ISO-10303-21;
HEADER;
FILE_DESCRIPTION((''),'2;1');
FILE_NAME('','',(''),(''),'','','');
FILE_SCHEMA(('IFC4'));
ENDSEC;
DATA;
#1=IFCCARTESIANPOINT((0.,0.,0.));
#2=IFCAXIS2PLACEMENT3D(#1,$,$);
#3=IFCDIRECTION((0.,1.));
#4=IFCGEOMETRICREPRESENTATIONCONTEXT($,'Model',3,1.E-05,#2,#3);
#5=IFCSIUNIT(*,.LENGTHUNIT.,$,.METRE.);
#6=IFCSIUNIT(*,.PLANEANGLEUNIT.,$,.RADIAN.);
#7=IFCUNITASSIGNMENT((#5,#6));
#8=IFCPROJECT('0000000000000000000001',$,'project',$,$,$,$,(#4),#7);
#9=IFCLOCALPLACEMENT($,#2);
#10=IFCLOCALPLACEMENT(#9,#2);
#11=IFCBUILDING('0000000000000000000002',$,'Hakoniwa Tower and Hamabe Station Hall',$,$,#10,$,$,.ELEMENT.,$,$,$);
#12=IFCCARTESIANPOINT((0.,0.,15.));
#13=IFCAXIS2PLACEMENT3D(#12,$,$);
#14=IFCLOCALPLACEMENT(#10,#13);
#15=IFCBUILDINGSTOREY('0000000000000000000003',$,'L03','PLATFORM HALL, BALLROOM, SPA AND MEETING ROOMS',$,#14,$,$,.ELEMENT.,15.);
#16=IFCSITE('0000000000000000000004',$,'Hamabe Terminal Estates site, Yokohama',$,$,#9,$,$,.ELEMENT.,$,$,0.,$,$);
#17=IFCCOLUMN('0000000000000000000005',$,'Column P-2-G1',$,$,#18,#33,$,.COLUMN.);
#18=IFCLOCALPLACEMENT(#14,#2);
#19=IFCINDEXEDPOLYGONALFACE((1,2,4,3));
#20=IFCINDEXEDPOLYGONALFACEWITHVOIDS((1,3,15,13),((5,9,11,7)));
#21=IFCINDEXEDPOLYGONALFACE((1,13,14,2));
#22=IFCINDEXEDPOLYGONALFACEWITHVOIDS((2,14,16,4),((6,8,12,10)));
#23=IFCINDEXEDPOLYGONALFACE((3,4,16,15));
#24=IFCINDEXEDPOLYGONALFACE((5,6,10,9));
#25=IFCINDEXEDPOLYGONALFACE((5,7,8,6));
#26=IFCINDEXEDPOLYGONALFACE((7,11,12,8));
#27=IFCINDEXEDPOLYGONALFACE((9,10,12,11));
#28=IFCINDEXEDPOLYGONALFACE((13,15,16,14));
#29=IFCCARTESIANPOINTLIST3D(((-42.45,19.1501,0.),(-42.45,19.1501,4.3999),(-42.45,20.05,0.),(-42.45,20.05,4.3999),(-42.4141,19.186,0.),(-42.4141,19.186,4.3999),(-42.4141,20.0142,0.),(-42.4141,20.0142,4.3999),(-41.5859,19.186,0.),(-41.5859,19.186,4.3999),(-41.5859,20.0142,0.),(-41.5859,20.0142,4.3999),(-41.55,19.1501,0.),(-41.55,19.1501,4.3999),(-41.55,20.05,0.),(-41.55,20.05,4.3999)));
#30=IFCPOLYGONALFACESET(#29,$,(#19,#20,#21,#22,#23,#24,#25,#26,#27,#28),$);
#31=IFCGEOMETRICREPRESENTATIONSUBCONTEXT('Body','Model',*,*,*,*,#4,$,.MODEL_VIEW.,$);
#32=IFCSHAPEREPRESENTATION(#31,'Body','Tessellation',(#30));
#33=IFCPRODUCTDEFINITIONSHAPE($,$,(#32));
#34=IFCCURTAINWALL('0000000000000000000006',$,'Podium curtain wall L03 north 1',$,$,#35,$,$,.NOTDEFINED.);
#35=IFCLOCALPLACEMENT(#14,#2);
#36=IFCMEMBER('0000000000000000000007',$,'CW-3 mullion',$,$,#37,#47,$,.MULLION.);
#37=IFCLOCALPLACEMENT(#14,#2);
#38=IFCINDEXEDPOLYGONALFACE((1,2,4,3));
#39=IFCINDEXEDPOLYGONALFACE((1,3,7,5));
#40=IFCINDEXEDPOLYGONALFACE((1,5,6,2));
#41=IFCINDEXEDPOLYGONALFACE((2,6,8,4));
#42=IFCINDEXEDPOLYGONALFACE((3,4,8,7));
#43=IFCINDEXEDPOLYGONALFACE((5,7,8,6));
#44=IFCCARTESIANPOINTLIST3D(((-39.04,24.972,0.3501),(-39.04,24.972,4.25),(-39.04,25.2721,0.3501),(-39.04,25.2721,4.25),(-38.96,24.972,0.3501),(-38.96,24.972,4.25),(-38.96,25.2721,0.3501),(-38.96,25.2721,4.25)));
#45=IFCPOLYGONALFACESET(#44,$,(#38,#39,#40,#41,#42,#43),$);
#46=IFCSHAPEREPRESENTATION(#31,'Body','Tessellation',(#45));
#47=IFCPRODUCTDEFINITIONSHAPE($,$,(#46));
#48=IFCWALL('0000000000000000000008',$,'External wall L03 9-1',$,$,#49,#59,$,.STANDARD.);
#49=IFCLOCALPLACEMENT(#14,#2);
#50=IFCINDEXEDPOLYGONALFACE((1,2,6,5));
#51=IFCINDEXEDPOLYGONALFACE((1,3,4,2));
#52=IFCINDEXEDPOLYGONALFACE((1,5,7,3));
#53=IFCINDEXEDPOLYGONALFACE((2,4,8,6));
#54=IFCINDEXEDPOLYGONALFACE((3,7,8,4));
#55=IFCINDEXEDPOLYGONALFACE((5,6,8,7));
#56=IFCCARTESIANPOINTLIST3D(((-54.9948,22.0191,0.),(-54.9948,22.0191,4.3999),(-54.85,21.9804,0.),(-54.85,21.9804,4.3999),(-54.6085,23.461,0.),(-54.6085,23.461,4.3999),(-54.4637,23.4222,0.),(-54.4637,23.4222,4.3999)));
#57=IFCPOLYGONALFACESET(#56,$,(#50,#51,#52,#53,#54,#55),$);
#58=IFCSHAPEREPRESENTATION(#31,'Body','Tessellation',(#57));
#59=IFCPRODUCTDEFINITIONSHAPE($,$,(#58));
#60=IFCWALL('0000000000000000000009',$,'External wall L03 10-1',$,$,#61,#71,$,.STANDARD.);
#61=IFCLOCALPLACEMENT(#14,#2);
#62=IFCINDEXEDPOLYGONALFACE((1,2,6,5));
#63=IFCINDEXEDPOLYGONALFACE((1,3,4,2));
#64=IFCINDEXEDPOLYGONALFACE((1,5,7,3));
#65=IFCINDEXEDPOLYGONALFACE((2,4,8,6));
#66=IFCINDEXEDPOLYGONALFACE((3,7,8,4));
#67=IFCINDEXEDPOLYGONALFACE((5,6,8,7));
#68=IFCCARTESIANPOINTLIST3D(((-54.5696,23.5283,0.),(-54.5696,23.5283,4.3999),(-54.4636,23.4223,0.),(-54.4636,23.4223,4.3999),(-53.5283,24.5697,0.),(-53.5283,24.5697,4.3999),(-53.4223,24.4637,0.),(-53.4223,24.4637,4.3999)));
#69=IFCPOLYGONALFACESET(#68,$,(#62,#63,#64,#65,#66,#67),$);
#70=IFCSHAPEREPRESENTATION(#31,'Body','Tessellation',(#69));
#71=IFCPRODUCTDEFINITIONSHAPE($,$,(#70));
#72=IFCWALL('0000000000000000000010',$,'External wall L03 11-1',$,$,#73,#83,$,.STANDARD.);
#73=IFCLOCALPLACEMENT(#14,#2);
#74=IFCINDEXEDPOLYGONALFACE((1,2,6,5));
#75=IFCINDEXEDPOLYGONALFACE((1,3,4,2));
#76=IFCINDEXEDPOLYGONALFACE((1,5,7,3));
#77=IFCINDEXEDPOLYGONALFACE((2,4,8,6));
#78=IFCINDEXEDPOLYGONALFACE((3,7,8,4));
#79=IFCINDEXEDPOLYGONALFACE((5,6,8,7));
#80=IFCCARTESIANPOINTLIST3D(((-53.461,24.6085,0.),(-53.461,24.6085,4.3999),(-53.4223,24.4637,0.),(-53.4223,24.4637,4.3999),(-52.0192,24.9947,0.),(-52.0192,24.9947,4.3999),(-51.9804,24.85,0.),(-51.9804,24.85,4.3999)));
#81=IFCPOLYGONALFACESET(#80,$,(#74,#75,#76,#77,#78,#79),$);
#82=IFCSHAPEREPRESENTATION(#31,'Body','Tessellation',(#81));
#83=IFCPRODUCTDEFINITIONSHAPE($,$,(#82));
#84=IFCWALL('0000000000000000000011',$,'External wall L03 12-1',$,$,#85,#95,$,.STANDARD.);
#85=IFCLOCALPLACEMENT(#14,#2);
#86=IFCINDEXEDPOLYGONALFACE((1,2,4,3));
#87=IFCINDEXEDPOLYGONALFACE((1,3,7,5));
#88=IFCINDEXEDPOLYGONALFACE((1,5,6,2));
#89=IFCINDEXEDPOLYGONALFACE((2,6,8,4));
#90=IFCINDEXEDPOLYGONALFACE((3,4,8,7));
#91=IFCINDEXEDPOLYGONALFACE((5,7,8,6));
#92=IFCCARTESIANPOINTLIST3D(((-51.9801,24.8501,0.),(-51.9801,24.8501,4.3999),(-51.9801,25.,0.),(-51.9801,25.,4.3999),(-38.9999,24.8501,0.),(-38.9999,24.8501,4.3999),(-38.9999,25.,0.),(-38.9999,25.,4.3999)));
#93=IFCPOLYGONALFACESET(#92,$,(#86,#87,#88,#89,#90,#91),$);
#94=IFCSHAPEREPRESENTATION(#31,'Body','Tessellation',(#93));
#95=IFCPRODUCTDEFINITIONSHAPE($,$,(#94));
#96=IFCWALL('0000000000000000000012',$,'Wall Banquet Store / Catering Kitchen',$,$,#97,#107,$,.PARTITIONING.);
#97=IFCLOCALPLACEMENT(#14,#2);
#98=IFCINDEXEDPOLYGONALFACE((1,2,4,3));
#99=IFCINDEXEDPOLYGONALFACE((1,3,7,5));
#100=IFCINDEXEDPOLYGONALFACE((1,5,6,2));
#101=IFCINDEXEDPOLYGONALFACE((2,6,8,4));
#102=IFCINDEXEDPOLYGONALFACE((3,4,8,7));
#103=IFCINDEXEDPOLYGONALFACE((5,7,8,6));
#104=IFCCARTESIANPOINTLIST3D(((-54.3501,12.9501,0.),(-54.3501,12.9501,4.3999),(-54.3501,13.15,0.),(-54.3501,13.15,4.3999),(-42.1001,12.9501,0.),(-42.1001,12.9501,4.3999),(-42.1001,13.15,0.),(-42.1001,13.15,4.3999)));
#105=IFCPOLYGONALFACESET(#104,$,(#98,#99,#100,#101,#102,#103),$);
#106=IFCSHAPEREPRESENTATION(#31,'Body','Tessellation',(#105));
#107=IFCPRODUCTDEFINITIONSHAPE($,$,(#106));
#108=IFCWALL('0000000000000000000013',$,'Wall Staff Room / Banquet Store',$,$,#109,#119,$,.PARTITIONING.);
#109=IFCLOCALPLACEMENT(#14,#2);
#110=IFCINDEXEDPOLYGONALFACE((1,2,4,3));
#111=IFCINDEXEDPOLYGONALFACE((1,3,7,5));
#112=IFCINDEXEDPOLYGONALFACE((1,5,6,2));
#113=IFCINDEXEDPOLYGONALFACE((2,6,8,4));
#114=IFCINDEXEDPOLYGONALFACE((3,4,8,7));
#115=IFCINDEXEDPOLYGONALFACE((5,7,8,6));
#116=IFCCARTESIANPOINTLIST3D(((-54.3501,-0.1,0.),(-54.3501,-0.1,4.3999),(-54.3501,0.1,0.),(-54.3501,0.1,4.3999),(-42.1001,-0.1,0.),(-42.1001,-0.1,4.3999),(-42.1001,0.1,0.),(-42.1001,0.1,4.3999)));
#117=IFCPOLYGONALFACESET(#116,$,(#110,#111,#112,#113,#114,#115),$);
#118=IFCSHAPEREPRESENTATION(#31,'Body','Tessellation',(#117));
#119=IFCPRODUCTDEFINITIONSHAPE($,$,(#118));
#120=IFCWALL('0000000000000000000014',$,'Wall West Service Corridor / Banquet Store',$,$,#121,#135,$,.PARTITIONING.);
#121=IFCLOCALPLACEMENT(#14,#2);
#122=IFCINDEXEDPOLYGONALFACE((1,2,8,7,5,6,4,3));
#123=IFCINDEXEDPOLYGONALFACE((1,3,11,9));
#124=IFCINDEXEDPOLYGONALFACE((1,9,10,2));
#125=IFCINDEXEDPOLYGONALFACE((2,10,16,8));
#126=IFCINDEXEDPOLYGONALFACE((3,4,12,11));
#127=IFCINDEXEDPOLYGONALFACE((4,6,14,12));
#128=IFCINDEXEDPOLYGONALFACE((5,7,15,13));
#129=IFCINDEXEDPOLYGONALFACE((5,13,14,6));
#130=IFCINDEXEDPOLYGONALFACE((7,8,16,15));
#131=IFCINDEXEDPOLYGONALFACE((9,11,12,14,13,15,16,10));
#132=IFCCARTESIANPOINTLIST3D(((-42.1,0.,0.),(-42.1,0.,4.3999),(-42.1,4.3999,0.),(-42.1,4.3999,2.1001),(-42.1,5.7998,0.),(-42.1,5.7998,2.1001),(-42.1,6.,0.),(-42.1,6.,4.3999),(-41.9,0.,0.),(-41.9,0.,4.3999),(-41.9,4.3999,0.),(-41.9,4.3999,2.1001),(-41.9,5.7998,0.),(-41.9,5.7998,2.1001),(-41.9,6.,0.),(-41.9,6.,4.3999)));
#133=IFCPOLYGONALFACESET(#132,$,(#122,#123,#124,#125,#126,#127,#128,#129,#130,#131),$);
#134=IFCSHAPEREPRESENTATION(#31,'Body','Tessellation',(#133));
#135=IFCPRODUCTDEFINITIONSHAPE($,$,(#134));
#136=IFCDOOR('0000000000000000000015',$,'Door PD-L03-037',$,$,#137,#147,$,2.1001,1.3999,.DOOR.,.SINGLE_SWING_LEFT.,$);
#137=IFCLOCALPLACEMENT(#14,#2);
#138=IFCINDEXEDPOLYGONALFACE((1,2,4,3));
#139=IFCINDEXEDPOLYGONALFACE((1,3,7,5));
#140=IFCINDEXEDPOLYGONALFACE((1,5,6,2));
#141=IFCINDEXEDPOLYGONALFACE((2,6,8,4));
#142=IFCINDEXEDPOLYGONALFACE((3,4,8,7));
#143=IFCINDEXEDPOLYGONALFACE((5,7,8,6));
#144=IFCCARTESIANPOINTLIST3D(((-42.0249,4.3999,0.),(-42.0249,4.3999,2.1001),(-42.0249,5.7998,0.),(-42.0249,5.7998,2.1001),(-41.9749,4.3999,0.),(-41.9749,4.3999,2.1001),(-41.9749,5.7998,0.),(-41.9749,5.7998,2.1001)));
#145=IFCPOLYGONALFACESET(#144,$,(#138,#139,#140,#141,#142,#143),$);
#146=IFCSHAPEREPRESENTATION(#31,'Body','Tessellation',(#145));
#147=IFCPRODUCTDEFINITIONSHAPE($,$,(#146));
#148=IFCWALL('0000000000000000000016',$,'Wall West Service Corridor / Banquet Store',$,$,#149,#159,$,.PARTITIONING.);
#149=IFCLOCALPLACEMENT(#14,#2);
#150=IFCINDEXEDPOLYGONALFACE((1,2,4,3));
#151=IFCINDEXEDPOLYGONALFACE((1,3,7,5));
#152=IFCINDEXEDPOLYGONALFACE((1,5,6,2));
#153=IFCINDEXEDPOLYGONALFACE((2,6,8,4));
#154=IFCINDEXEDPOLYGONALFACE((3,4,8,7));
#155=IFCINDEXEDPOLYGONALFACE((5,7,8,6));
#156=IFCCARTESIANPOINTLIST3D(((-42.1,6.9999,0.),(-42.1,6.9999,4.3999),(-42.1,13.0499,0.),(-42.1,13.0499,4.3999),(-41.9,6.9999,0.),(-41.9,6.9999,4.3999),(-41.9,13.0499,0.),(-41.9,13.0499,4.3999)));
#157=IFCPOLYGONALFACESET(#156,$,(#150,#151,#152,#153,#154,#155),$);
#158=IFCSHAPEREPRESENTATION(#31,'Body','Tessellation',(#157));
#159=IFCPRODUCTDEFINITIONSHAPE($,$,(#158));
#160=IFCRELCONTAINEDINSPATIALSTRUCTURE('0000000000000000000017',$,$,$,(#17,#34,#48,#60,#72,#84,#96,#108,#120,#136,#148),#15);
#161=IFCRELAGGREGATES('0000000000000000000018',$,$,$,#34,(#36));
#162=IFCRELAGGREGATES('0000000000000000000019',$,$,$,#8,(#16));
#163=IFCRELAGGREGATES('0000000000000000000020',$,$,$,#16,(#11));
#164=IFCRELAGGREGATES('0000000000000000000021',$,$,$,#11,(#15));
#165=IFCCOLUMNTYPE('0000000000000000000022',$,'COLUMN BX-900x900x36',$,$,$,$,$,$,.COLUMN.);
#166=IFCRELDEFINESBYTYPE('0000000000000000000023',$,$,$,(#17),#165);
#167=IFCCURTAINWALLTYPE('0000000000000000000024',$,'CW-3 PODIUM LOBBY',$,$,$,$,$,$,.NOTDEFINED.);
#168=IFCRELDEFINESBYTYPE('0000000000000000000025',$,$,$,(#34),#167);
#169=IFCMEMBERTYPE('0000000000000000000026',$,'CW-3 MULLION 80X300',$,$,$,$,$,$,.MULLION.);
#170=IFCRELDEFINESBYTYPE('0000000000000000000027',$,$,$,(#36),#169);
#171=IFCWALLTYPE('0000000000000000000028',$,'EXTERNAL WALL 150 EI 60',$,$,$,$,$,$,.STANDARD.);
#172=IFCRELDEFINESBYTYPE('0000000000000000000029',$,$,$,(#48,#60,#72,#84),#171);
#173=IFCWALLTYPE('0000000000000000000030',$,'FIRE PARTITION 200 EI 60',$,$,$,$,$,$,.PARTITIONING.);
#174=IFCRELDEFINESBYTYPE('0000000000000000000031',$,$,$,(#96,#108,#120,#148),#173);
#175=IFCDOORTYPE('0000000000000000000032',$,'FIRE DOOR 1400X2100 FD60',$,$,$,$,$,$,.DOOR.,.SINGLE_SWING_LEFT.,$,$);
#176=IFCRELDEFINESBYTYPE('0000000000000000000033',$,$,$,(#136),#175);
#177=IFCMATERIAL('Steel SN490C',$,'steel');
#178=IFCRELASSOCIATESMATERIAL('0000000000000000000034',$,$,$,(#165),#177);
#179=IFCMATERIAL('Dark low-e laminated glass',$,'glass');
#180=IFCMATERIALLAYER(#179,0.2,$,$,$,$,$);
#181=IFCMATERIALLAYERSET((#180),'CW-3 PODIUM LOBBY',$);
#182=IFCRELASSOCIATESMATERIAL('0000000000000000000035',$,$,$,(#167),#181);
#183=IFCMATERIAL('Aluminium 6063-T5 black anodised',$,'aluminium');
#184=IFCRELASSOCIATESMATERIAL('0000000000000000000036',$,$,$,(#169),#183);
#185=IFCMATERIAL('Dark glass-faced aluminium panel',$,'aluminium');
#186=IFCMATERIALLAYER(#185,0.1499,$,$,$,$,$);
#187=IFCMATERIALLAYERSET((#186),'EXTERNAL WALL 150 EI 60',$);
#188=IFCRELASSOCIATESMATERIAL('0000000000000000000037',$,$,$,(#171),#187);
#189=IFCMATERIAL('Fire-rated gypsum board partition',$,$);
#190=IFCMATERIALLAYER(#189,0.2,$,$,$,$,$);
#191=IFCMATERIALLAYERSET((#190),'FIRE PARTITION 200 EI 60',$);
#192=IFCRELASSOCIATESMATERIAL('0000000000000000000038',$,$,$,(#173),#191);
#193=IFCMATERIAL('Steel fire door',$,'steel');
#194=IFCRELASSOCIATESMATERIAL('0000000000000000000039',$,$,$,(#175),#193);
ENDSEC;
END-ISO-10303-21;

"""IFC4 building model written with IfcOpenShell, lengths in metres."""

from ifc_helpers import new_model, si_unit, direction, frame, frame_2d, origin, origin_2d, place, context, subcontext, project, spatial, rectangle, hollow_rectangle, extrude, material, layer, layer_set, material_profile, profile_set, type_object, element, fill, aggregate, save


model = new_model("IFC4")

# Units and contexts
model_context = context("Model", 3, precision=1e-05, world=origin(), true_north=direction((0.0, 1.0)))
body_context = subcontext(model_context, "Body", "Model", "MODEL_VIEW")
ifc_project = project(units=[si_unit("LENGTHUNIT", "METRE"), si_unit("PLANEANGLEUNIT", "RADIAN")], contexts=[model_context])

# Site, building, storey
site_placement = place(None, origin())
site = spatial("IfcSite", under=ifc_project, at=site_placement, Name="Hamabe Terminal Estates site, Yokohama", CompositionType="ELEMENT", RefElevation=0.0)
building_placement = place(site_placement, origin())
building = spatial("IfcBuilding", under=site, at=building_placement, Name="Hakoniwa Tower and Hamabe Station Hall", CompositionType="ELEMENT")
storey_placement = place(building_placement, frame((0.0, 0.0, 15.0)))
storey = spatial("IfcBuildingStorey", under=building, at=storey_placement, Name="L03", Description="PLATFORM HALL, BALLROOM, SPA AND MEETING ROOMS", CompositionType="ELEMENT", Elevation=15.0)

# Column
ifc_material_1 = material(Name="Steel SN490C", Category="steel")
ifc_material_profile_1 = material_profile(ifc_material_1, hollow_rectangle(XDim=0.8999, YDim=0.8999, WallThickness=0.0359, at=origin_2d()), Name="BX-900x900x36")
ifc_profile_set_1 = profile_set([ifc_material_profile_1], Name="Steel SN490C")
column_type_1 = type_object("IfcColumnType", Name="COLUMN BX-900x900x36", PredefinedType="COLUMN", material=ifc_profile_set_1)
for number, where, z_axis, x_axis, name in (
    (1, (-42.0, 19.6001, 0.0), (0.0, 0.0, 1.0), (1.0, 0.0, 0.0), "Column P-2-G1"),
):
    element("IfcColumn", number, at=place(storey_placement, frame(where, z_axis=z_axis, x_axis=x_axis)), inside=storey, type_object=column_type_1, Name=name, PredefinedType="COLUMN", context=body_context, shape_type="SweptSolid", body=[
        extrude(hollow_rectangle(XDim=0.8999, YDim=0.8999, WallThickness=0.0359, at=origin_2d()), origin(), (0.0, 0.0, 1.0), 4.3999),
    ])

# Curtain wall, member
ifc_material_2 = material(Name="Dark low-e laminated glass", Category="glass")
ifc_layer_1 = layer(ifc_material_2, 0.2)
ifc_layer_set_1 = layer_set([ifc_layer_1], Name="CW-3 PODIUM LOBBY")
curtain_wall_type = type_object("IfcCurtainWallType", Name="CW-3 PODIUM LOBBY", PredefinedType="NOTDEFINED", material=ifc_layer_set_1)
curtain_wall_placement = place(storey_placement, origin())
curtain_wall = element("IfcCurtainWall", 2, at=curtain_wall_placement, inside=storey, type_object=curtain_wall_type, Name="Podium curtain wall L03 north 1", PredefinedType="NOTDEFINED")
ifc_material_3 = material(Name="Aluminium 6063-T5 black anodised", Category="aluminium")
ifc_material_profile_2 = material_profile(ifc_material_3, rectangle(XDim=0.0801, YDim=0.3, at=origin_2d()), Name="CW-3 MULLION 80X300")
ifc_profile_set_2 = profile_set([ifc_material_profile_2], Name="Aluminium 6063-T5 black anodised")
member_type = type_object("IfcMemberType", Name="CW-3 MULLION 80X300", PredefinedType="MULLION", material=ifc_profile_set_2)
member_placement = place(storey_placement, frame((-39.0, 25.1221, 0.3501), z_axis=(0.0, 0.0, 1.0), x_axis=(-1.0, 0.0, 0.0)))
member = element("IfcMember", 3, at=member_placement, type_object=member_type, Name="CW-3 mullion", PredefinedType="MULLION", context=body_context, shape_type="SweptSolid", body=[
    extrude(rectangle(XDim=0.0801, YDim=0.3, at=origin_2d()), origin(), (0.0, 0.0, 1.0), 3.8999),
])
aggregate(curtain_wall, [member])

# Walls
ifc_material_4 = material(Name="Dark glass-faced aluminium panel", Category="aluminium")
ifc_layer_2 = layer(ifc_material_4, 0.1499)
ifc_layer_set_2 = layer_set([ifc_layer_2], Name="EXTERNAL WALL 150 EI 60")
wall_type_1 = type_object("IfcWallType", Name="EXTERNAL WALL 150 EI 60", PredefinedType="STANDARD", material=ifc_layer_set_2)
wall_1_placement = place(storey_placement, frame((-54.9224, 21.9998, 0.0), z_axis=(0.0, 0.0, 1.0), x_axis=(0.258742, 0.965947, 0.0)))
element("IfcWall", 4, at=wall_1_placement, inside=storey, type_object=wall_type_1, Name="External wall L03 9-1", PredefinedType="STANDARD", context=body_context, shape_type="SweptSolid", body=[
    extrude(rectangle(XDim=1.4927, YDim=0.1499, at=frame_2d((0.7463, 0.0))), origin(), (0.0, 0.0, 1.0), 4.3999),
])
wall_2_placement = place(storey_placement, frame((-54.5166, 23.4753, 0.0), z_axis=(0.0, 0.0, 1.0), x_axis=(0.707107, 0.707107, 0.0)))
element("IfcWall", 5, at=wall_2_placement, inside=storey, type_object=wall_type_1, Name="External wall L03 10-1", PredefinedType="STANDARD", context=body_context, shape_type="SweptSolid", body=[
    extrude(rectangle(XDim=1.4727, YDim=0.1499, at=frame_2d((0.7363, 0.0))), origin(), (0.0, 0.0, 1.0), 4.3999),
])
wall_3_placement = place(storey_placement, frame((-53.4417, 24.5361, 0.0), z_axis=(0.0, 0.0, 1.0), x_axis=(0.965947, 0.258742, 0.0)))
element("IfcWall", 6, at=wall_3_placement, inside=storey, type_object=wall_type_1, Name="External wall L03 11-1", PredefinedType="STANDARD", context=body_context, shape_type="SweptSolid", body=[
    extrude(rectangle(XDim=1.4927, YDim=0.1499, at=frame_2d((0.7463, 0.0))), origin(), (0.0, 0.0, 1.0), 4.3999),
])
wall_4_placement = place(storey_placement, frame((-51.9802, 24.925, 0.0), z_axis=(0.0, 0.0, 1.0), x_axis=(1.0, 0.0, 0.0)))
element("IfcWall", 7, at=wall_4_placement, inside=storey, type_object=wall_type_1, Name="External wall L03 12-1", PredefinedType="STANDARD", context=body_context, shape_type="SweptSolid", body=[
    extrude(rectangle(XDim=12.9802, YDim=0.1499, at=frame_2d((6.4902, 0.0))), origin(), (0.0, 0.0, 1.0), 4.3999),
])
ifc_material_5 = material(Name="Fire-rated gypsum board partition")
ifc_layer_3 = layer(ifc_material_5, 0.2)
ifc_layer_set_3 = layer_set([ifc_layer_3], Name="FIRE PARTITION 200 EI 60")
wall_type_2 = type_object("IfcWallType", Name="FIRE PARTITION 200 EI 60", PredefinedType="PARTITIONING", material=ifc_layer_set_3)
for number, where, z_axis, x_axis, name in (
    (8, (-54.3501, 13.05, 0.0), (0.0, 0.0, 1.0), (1.0, 0.0, 0.0), "Wall Banquet Store / Catering Kitchen"),
    (9, (-54.3501, 0.0, 0.0), (0.0, 0.0, 1.0), (1.0, 0.0, 0.0), "Wall Staff Room / Banquet Store"),
):
    element("IfcWall", number, at=place(storey_placement, frame(where, z_axis=z_axis, x_axis=x_axis)), inside=storey, type_object=wall_type_2, Name=name, PredefinedType="PARTITIONING", context=body_context, shape_type="SweptSolid", body=[
        extrude(rectangle(XDim=12.25, YDim=0.2, at=frame_2d((6.125, 0.0))), origin(), (0.0, 0.0, 1.0), 4.3999),
    ])

# Wall, opening, door
wall_5_placement = place(storey_placement, frame((-42.0, 0.0, 0.0), z_axis=(0.0, 0.0, 1.0), x_axis=(0.0, 1.0, 0.0)))
wall_5 = element("IfcWall", 10, at=wall_5_placement, inside=storey, type_object=wall_type_2, Name="Wall West Service Corridor / Banquet Store", PredefinedType="PARTITIONING", context=body_context, shape_type="SweptSolid", body=[
    extrude(rectangle(XDim=6.0, YDim=0.2, at=frame_2d((3.0, 0.0))), origin(), (0.0, 0.0, 1.0), 4.3999),
])
opening_1_placement = place(wall_5_placement, frame((4.3999, 0.0, 0.0)))
opening_1 = element("IfcOpeningElement", 11, at=opening_1_placement, cuts=wall_5, PredefinedType="OPENING", context=body_context, shape_type="SweptSolid", body=[
    extrude(rectangle(XDim=1.3999, YDim=2.1001, at=frame_2d((0.7, 1.05))), frame((0.0, 0.1099, 0.0), z_axis=(0.0, -1.0, 0.0), x_axis=(1.0, 0.0, 0.0)), (0.0, 0.0, 1.0), 0.22),
])
ifc_material_6 = material(Name="Steel fire door", Category="steel")
door_type_1 = type_object("IfcDoorType", Name="FIRE DOOR 1400X2100 FD60", OperationType="SINGLE_SWING_LEFT", PredefinedType="DOOR", material=ifc_material_6)
door_1_placement = place(opening_1_placement, origin())
door_1 = element("IfcDoor", 12, at=door_1_placement, inside=storey, type_object=door_type_1, Name="Door PD-L03-037", OperationType="SINGLE_SWING_LEFT", OverallHeight=2.1001, OverallWidth=1.3999, PredefinedType="DOOR", context=body_context, shape_type="SweptSolid", body=[
    extrude(rectangle(XDim=1.3999, YDim=2.1001, at=frame_2d((0.7, 1.05))), frame((0.0, 0.0249, 0.0), z_axis=(0.0, -1.0, 0.0), x_axis=(1.0, 0.0, 0.0)), (0.0, 0.0, 1.0), 0.05),
])
fill(opening_1, door_1)

# Wall
wall_6_placement = place(storey_placement, frame((-42.0, 7.0, 0.0), z_axis=(0.0, 0.0, 1.0), x_axis=(0.0, 1.0, 0.0)))
element("IfcWall", 13, at=wall_6_placement, inside=storey, type_object=wall_type_2, Name="Wall West Service Corridor / Banquet Store", PredefinedType="PARTITIONING", context=body_context, shape_type="SweptSolid", body=[
    extrude(rectangle(XDim=6.05, YDim=0.2, at=frame_2d((3.0249, 0.0))), origin(), (0.0, 0.0, 1.0), 4.3999),
])

save(model, "model.ifc")
